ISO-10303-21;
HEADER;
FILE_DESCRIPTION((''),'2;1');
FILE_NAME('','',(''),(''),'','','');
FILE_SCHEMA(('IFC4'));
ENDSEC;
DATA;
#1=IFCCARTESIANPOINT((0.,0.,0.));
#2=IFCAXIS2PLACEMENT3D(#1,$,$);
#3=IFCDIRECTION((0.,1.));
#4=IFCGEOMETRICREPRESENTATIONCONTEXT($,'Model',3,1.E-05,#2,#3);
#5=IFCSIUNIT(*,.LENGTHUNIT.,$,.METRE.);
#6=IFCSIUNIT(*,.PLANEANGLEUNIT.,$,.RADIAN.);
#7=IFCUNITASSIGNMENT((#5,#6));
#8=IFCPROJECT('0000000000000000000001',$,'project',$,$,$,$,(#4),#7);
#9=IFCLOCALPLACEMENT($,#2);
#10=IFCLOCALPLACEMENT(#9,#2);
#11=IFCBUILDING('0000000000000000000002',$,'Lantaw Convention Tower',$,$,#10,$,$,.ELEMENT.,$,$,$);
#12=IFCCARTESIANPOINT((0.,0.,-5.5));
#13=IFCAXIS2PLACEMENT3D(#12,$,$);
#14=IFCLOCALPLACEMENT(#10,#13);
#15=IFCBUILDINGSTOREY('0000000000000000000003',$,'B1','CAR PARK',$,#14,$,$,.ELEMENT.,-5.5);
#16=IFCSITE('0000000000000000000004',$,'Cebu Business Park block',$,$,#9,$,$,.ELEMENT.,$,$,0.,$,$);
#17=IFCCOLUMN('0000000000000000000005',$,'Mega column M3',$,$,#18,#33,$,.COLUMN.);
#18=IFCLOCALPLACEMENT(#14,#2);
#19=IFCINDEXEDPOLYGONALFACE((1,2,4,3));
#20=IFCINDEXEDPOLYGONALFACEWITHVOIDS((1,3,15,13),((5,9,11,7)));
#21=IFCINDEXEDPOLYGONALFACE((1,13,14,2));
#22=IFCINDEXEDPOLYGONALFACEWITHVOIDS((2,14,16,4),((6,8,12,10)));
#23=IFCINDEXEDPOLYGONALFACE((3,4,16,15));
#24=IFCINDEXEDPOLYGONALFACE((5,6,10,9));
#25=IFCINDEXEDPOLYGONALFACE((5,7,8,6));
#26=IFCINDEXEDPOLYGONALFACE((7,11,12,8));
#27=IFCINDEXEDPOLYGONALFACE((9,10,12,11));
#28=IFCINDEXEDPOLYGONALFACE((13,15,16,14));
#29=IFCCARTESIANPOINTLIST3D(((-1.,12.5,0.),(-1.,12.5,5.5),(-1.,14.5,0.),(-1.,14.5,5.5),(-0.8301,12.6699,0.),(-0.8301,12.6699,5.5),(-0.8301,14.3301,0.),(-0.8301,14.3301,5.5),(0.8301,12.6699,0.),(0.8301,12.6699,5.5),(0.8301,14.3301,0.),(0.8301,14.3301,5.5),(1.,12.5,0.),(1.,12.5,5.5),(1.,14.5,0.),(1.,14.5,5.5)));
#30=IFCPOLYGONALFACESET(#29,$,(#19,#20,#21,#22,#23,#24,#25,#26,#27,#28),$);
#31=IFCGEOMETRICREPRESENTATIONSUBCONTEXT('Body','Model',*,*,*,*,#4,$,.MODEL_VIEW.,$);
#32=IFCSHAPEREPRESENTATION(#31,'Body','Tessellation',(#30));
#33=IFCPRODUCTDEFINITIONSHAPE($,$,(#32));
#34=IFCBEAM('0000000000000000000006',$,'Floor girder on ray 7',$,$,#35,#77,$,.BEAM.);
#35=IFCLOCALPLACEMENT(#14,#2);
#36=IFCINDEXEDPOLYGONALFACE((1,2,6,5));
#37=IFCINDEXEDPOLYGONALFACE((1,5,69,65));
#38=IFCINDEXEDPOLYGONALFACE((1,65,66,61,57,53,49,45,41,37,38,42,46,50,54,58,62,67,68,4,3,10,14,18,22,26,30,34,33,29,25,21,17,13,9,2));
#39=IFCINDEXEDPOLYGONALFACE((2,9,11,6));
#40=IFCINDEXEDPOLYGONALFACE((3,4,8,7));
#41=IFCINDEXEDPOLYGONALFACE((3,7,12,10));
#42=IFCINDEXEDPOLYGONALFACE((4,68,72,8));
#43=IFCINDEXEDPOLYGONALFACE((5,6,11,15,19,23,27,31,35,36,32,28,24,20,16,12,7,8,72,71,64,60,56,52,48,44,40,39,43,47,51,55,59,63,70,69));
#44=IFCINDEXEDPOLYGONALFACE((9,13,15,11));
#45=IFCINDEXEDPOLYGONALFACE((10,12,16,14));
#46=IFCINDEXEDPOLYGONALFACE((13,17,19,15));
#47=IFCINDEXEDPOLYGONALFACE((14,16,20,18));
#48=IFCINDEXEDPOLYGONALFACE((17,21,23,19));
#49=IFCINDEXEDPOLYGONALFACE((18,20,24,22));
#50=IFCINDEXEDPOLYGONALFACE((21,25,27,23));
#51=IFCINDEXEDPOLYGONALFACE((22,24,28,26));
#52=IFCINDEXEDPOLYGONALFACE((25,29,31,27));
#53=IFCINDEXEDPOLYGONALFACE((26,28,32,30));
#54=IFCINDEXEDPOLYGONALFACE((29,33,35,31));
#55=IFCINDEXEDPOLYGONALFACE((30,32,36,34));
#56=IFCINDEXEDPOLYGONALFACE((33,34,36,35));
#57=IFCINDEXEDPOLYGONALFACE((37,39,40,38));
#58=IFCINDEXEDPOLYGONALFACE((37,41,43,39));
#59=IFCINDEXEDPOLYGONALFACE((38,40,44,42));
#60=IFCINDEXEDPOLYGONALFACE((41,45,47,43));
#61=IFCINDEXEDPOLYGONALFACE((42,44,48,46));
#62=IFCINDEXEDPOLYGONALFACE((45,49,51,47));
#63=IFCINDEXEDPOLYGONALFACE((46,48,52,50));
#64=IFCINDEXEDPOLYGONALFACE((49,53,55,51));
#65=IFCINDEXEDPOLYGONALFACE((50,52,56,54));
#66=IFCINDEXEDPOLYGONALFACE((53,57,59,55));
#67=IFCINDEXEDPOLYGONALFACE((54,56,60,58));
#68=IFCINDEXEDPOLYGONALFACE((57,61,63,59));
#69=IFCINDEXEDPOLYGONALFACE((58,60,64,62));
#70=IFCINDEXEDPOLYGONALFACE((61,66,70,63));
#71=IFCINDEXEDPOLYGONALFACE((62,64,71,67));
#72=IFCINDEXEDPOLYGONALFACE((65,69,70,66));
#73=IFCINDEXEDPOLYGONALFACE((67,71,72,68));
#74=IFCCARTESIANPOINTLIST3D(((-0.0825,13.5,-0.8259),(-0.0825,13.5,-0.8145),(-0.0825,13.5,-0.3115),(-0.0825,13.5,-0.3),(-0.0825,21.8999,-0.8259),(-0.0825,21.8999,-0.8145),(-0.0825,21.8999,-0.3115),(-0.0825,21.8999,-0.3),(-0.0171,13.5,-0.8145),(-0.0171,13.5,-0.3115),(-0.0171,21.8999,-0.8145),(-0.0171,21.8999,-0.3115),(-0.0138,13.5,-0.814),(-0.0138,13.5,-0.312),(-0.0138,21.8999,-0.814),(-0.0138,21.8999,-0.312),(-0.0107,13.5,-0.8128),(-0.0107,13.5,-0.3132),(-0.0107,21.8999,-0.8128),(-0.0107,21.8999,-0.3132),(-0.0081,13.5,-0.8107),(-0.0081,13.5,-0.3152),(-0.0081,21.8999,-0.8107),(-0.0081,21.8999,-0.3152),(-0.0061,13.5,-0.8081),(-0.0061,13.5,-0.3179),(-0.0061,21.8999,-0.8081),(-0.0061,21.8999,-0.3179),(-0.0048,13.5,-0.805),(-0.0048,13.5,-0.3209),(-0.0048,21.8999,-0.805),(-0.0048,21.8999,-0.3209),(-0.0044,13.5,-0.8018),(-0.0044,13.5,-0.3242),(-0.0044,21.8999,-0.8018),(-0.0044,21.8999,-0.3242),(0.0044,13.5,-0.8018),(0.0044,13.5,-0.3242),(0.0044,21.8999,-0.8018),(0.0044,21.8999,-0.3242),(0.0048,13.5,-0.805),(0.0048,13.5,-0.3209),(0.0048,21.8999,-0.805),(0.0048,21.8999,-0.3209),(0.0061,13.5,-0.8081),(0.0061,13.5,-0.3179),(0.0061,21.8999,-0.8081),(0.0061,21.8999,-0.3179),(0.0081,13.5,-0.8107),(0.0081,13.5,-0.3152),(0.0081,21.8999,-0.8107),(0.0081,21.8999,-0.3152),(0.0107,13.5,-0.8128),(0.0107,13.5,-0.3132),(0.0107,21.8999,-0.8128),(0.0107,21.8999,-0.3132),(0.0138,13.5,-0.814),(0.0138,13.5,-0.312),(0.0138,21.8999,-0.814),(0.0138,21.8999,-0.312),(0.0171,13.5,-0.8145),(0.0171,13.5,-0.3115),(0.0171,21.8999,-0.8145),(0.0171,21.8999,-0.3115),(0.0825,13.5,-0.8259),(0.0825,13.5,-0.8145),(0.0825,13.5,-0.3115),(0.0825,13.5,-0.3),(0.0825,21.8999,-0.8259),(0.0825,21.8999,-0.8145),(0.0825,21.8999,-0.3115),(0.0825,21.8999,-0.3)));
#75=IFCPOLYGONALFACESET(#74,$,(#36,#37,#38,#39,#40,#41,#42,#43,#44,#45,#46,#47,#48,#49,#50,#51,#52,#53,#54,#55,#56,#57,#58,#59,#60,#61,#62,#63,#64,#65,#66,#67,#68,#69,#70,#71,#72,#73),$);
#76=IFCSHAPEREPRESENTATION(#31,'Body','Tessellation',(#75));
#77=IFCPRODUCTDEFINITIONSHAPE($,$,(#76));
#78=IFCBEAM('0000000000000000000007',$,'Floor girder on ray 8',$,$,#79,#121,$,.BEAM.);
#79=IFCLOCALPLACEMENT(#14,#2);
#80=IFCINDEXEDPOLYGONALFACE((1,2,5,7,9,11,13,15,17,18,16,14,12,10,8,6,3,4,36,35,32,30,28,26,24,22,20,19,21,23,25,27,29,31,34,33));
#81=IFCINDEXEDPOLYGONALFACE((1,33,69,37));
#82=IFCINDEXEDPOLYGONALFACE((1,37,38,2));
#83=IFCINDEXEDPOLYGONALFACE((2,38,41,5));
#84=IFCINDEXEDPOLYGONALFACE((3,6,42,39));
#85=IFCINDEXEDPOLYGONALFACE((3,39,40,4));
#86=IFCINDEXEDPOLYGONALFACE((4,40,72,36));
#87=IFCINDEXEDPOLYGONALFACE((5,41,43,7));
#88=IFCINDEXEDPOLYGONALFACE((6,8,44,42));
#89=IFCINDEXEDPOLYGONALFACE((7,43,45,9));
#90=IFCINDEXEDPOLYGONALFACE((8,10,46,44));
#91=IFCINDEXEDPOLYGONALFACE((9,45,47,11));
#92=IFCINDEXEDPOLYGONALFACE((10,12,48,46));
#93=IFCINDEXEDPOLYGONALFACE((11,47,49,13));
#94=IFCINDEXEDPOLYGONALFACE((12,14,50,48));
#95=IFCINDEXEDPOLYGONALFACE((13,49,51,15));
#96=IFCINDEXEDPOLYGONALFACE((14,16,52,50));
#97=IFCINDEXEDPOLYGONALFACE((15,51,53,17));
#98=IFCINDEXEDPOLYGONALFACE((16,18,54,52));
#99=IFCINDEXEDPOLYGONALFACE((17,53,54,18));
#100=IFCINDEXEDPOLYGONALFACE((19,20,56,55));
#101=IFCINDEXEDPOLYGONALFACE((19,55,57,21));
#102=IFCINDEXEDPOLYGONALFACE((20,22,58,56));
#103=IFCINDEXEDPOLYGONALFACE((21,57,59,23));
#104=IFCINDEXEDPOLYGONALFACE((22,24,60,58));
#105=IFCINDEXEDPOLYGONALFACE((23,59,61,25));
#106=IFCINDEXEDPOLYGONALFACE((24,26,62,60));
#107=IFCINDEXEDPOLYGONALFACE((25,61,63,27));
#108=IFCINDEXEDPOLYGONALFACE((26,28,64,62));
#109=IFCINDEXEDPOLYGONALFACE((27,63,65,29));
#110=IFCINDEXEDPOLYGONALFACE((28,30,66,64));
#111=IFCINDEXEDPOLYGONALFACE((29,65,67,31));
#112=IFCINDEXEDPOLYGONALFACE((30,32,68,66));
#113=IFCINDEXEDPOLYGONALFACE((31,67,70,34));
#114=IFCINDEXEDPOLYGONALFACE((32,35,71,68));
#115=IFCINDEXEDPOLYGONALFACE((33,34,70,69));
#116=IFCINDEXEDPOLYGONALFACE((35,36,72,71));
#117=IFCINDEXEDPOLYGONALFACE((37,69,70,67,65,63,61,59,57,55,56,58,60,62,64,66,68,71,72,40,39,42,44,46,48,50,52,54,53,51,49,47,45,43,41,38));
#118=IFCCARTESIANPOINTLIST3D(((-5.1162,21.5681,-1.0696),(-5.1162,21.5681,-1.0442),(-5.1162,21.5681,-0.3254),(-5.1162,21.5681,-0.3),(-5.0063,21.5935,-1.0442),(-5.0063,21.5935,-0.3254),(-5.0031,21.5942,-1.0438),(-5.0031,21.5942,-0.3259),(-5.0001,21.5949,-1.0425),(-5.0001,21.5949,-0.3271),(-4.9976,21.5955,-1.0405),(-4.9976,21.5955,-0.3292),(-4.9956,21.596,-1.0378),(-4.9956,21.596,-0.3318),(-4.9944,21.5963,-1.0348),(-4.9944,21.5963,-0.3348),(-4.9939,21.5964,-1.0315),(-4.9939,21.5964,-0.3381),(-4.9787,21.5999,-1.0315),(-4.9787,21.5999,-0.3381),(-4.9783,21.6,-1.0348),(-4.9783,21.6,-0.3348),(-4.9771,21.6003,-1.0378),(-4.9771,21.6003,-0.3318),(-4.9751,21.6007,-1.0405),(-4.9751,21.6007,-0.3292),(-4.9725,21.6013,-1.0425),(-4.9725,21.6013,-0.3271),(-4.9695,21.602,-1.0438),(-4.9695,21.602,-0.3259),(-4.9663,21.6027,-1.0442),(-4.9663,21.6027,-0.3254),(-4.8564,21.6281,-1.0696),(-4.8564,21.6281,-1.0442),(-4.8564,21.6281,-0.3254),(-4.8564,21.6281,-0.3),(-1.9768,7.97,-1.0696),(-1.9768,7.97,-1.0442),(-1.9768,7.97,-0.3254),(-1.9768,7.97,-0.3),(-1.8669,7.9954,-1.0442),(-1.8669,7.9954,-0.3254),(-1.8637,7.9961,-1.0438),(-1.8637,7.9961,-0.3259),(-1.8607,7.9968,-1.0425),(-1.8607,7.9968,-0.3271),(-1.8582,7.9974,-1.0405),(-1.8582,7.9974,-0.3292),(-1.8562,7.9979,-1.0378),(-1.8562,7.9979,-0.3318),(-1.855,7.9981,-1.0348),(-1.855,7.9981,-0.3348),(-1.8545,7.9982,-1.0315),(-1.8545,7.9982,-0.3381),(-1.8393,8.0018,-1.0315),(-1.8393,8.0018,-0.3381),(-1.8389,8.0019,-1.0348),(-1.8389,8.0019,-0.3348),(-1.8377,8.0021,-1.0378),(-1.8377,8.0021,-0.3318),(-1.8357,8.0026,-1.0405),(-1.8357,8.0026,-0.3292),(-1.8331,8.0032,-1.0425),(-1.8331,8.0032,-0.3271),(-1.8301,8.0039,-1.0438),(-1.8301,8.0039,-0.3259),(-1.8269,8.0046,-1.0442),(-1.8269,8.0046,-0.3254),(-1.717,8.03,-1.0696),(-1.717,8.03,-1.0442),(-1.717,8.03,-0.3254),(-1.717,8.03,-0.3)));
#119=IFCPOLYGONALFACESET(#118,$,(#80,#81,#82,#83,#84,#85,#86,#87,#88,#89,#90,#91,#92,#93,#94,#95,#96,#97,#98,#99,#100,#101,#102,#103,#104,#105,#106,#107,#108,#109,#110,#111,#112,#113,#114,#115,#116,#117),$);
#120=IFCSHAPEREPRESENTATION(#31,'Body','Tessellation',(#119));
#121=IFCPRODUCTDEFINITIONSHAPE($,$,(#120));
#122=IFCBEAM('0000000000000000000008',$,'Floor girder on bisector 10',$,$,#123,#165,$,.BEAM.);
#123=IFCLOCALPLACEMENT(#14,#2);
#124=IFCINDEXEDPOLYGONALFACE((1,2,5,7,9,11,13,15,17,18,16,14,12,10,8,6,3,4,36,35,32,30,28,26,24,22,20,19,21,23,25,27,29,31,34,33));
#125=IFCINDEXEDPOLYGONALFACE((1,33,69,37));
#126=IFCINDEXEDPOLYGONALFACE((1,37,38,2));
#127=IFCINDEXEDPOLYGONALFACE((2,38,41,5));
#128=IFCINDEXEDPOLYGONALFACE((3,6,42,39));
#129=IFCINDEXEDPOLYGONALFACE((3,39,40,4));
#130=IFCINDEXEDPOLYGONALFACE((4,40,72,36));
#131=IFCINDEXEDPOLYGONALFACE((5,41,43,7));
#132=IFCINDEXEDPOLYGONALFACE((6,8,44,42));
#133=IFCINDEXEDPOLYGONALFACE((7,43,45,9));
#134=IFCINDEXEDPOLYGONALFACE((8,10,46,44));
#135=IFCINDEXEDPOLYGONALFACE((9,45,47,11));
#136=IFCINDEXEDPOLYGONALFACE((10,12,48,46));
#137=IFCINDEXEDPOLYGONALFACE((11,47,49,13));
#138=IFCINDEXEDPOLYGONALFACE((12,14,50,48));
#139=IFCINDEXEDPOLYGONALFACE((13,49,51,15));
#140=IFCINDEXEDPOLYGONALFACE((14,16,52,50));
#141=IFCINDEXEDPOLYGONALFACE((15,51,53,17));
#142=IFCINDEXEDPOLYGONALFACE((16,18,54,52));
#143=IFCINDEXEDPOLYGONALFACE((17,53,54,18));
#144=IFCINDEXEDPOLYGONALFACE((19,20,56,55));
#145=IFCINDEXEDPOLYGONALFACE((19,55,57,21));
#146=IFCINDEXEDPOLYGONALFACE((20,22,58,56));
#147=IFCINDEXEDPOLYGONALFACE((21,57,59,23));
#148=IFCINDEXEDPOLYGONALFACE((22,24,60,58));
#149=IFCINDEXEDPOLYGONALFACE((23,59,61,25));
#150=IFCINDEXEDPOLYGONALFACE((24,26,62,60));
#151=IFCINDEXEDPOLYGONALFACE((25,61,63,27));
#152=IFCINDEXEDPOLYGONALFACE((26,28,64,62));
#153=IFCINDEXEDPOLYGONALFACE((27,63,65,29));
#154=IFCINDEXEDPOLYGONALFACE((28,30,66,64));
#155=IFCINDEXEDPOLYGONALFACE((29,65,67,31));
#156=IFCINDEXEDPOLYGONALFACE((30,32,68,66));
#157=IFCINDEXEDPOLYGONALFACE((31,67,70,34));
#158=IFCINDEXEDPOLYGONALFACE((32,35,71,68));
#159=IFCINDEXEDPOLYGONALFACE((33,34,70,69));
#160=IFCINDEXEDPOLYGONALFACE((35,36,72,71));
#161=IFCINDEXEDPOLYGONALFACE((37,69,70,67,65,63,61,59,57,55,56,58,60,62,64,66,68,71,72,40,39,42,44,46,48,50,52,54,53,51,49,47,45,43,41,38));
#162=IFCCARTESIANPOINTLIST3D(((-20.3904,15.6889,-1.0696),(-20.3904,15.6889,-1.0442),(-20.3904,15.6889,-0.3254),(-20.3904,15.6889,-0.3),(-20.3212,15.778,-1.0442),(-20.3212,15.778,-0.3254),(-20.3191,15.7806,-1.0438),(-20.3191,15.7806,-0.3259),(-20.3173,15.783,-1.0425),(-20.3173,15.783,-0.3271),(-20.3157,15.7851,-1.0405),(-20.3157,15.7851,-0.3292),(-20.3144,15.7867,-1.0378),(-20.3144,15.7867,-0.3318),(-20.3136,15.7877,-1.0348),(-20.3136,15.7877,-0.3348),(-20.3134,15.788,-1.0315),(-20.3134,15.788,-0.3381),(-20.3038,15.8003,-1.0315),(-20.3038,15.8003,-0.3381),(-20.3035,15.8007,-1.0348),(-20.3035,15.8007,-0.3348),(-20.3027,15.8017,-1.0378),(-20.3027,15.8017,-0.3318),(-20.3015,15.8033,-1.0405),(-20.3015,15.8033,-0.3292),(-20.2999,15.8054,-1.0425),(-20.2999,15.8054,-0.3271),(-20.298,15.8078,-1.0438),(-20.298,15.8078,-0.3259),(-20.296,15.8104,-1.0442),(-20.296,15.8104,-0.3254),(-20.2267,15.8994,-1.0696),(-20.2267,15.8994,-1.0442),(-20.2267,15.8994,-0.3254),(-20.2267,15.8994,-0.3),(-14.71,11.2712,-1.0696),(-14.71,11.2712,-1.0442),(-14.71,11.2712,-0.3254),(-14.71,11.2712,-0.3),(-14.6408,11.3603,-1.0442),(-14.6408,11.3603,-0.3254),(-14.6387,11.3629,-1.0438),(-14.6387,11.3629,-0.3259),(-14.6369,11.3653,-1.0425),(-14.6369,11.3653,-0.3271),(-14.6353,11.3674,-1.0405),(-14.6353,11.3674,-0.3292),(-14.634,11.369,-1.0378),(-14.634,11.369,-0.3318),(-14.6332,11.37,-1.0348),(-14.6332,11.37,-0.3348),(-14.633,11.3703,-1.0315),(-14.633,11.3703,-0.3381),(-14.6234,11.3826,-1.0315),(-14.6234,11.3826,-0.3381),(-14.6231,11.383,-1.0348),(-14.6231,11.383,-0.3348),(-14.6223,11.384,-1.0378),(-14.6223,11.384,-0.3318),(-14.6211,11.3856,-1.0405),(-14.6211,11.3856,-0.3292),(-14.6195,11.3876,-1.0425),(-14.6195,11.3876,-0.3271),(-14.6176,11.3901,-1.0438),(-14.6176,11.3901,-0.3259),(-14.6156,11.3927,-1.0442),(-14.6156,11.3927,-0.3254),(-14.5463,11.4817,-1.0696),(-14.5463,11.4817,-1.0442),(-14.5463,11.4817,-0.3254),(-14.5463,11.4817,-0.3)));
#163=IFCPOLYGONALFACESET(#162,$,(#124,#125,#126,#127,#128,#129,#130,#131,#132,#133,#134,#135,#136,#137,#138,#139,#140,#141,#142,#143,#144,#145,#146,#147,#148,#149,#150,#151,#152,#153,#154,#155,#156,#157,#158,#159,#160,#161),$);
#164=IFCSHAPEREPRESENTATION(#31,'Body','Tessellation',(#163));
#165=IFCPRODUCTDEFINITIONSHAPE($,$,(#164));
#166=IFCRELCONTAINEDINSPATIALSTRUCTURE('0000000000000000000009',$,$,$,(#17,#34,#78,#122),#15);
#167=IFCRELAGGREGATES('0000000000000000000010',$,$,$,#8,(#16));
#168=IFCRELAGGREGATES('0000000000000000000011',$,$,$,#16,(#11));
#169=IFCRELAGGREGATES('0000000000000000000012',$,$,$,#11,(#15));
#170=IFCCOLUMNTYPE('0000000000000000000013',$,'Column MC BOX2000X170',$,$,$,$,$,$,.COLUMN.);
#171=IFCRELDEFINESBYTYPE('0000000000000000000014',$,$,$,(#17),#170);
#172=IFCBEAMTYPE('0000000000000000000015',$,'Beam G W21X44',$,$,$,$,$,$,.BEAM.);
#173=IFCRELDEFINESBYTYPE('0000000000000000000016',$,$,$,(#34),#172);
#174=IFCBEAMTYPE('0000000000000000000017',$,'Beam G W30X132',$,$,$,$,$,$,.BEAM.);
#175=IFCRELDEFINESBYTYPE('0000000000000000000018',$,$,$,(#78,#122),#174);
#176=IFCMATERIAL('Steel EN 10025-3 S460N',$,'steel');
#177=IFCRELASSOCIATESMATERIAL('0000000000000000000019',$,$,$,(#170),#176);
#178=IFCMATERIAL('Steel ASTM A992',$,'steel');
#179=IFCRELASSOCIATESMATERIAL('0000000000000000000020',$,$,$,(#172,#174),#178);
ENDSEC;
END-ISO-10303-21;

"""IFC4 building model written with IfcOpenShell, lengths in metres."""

from ifc_helpers import new_model, si_unit, direction, frame, origin, origin_2d, place, context, subcontext, project, spatial, rectangle, hollow_rectangle, i_section, extrude, material, material_profile, profile_set, type_object, element, save


model = new_model("IFC4")

# Units and contexts
model_context = context("Model", 3, precision=1e-05, world=origin(), true_north=direction((0.0, 1.0)))
body_context = subcontext(model_context, "Body", "Model", "MODEL_VIEW")
ifc_project = project(units=[si_unit("LENGTHUNIT", "METRE"), si_unit("PLANEANGLEUNIT", "RADIAN")], contexts=[model_context])

# Site, building, storey
site_placement = place(None, origin())
site = spatial("IfcSite", under=ifc_project, at=site_placement, Name="Cebu Business Park block", CompositionType="ELEMENT", RefElevation=0.0)
building_placement = place(site_placement, origin())
building = spatial("IfcBuilding", under=site, at=building_placement, Name="Lantaw Convention Tower", CompositionType="ELEMENT")
storey_placement = place(building_placement, frame((0.0, 0.0, -5.5)))
storey = spatial("IfcBuildingStorey", under=building, at=storey_placement, Name="B1", Description="CAR PARK", CompositionType="ELEMENT", Elevation=-5.5)

# Column
ifc_material_1 = material(Name="Steel EN 10025-3 S460N", Category="steel")
ifc_material_profile_1 = material_profile(ifc_material_1, hollow_rectangle(XDim=2.0, YDim=2.0, WallThickness=0.1699, at=origin_2d()), Name="BOX2000X170")
ifc_material_2 = material(Name="Concrete C60/75", Category="concrete")
ifc_material_profile_2 = material_profile(ifc_material_2, rectangle(XDim=1.6599, YDim=1.6599, at=origin_2d()), Name="Concrete fill of BOX2000X170")
ifc_profile_set_1 = profile_set([ifc_material_profile_1, ifc_material_profile_2], Name="Steel EN 10025-3 S460N")
column_type = type_object("IfcColumnType", Name="Column MC BOX2000X170", PredefinedType="COLUMN", material=ifc_profile_set_1)
column_placement = place(storey_placement, frame((0.0, 13.5, 0.0), z_axis=(0.0, 0.0, 1.0), x_axis=(1.0, 0.0, 0.0)))
element("IfcColumn", 1, at=column_placement, inside=storey, type_object=column_type, Name="Mega column M3", PredefinedType="COLUMN", context=body_context, shape_type="SweptSolid", body=[
    extrude(hollow_rectangle(XDim=2.0, YDim=2.0, WallThickness=0.1699, at=origin_2d()), origin(), (0.0, 0.0, 1.0), 5.5),
])

# Beams
ifc_material_3 = material(Name="Steel ASTM A992", Category="steel")
ifc_material_profile_3 = material_profile(ifc_material_3, i_section(OverallWidth=0.165, OverallDepth=0.5259, WebThickness=0.0088, FlangeThickness=0.0115, FilletRadius=0.0127, at=origin_2d()), Name="W21X44")
ifc_profile_set_2 = profile_set([ifc_material_profile_3], Name="Steel ASTM A992")
beam_type_1 = type_object("IfcBeamType", Name="Beam G W21X44", PredefinedType="BEAM", material=ifc_profile_set_2)
beam_1_placement = place(storey_placement, frame((0.0, 13.5, -0.563), z_axis=(0.0, 1.0, 0.0), x_axis=(-1.0, 0.0, 0.0)))
element("IfcBeam", 2, at=beam_1_placement, inside=storey, type_object=beam_type_1, Name="Floor girder on ray 7", PredefinedType="BEAM", context=body_context, shape_type="SweptSolid", body=[
    extrude(i_section(OverallWidth=0.165, OverallDepth=0.5259, WebThickness=0.0088, FlangeThickness=0.0115, FilletRadius=0.0127, at=origin_2d()), origin(), (0.0, 0.0, 1.0), 8.3999),
])
ifc_material_profile_4 = material_profile(ifc_material_3, i_section(OverallWidth=0.2666, OverallDepth=0.7695, WebThickness=0.0156, FlangeThickness=0.0254, FilletRadius=0.0127, at=origin_2d()), Name="W30X132")
ifc_profile_set_3 = profile_set([ifc_material_profile_4], Name="Steel ASTM A992")
beam_type_2 = type_object("IfcBeamType", Name="Beam G W30X132", PredefinedType="BEAM", material=ifc_profile_set_3)
beam_2_placement = place(storey_placement, frame((-1.8469, 8.0, -0.6848), z_axis=(-0.224953, 0.97437, 0.0), x_axis=(-0.97437, -0.224953, 0.0)))
element("IfcBeam", 3, at=beam_2_placement, inside=storey, type_object=beam_type_2, Name="Floor girder on ray 8", PredefinedType="BEAM", context=body_context, shape_type="SweptSolid", body=[
    extrude(i_section(OverallWidth=0.2666, OverallDepth=0.7695, WebThickness=0.0156, FlangeThickness=0.0254, FilletRadius=0.0127, at=origin_2d()), origin(), (0.0, 0.0, 1.0), 13.9558),
])
beam_3_placement = place(storey_placement, frame((-14.6282, 11.3765, -0.6848), z_axis=(-0.789378, 0.613908, 0.0), x_axis=(-0.613908, -0.789378, 0.0)))
element("IfcBeam", 4, at=beam_3_placement, inside=storey, type_object=beam_type_2, Name="Floor girder on bisector 10", PredefinedType="BEAM", context=body_context, shape_type="SweptSolid", body=[
    extrude(i_section(OverallWidth=0.2666, OverallDepth=0.7695, WebThickness=0.0156, FlangeThickness=0.0254, FilletRadius=0.0127, at=origin_2d()), origin(), (0.0, 0.0, 1.0), 7.196),
])

save(model, "model.ifc")
